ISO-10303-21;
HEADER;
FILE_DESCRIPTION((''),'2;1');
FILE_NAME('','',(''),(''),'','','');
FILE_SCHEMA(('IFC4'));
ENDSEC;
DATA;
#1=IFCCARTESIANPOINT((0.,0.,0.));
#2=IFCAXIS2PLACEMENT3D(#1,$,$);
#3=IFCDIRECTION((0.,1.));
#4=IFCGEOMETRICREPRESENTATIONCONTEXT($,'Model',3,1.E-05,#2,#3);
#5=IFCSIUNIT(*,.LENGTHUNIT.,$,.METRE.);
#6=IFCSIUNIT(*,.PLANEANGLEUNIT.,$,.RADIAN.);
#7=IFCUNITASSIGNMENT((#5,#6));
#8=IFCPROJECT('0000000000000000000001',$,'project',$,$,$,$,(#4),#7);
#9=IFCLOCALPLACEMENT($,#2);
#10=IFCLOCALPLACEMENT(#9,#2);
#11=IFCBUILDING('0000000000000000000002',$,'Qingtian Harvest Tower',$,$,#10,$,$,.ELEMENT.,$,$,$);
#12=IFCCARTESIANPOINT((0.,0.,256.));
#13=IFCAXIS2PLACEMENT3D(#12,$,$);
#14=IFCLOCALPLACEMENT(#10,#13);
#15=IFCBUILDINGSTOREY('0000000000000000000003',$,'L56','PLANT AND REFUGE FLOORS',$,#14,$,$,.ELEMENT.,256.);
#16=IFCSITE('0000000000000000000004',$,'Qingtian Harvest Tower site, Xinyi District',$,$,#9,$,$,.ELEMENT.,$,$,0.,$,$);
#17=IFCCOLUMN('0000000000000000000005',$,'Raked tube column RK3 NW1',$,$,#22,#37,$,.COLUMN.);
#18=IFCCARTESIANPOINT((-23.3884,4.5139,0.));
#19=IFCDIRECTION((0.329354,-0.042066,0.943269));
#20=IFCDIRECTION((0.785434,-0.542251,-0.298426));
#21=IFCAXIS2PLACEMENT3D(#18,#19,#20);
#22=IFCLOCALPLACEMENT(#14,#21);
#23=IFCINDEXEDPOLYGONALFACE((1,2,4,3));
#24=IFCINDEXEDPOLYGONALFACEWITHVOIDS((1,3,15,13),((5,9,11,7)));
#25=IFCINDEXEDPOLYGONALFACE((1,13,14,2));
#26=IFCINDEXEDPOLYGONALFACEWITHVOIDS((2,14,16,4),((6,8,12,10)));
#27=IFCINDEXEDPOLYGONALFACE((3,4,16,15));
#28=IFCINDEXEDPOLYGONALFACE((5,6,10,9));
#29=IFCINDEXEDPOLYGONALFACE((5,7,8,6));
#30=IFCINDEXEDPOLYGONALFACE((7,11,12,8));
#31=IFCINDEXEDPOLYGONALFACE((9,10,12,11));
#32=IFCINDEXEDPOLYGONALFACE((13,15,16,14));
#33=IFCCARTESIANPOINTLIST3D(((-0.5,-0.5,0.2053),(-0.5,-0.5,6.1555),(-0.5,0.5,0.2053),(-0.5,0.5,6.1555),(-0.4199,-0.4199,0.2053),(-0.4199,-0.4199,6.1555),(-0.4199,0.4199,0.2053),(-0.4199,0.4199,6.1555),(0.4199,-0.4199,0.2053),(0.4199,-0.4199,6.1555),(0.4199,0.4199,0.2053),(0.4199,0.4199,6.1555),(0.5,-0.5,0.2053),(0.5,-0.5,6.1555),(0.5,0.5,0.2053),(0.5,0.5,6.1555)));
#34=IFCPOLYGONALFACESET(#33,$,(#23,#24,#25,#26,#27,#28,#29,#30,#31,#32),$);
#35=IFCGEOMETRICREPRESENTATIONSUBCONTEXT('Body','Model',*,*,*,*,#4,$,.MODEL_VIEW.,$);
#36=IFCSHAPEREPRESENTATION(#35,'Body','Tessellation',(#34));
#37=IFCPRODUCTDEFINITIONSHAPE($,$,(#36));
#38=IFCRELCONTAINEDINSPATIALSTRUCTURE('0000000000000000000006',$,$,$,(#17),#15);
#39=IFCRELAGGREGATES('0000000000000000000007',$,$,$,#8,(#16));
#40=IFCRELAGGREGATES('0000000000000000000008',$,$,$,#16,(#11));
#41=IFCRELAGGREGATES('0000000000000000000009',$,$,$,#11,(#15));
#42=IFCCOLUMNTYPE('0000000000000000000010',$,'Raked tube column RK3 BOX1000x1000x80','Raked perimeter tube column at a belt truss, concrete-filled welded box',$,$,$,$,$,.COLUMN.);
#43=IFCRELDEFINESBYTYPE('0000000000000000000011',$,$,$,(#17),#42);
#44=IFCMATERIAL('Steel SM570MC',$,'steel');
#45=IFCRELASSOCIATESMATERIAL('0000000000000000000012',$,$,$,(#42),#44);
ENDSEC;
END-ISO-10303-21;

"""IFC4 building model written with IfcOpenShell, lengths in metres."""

from ifc_helpers import new_model, si_unit, direction, frame, origin, origin_2d, place, context, subcontext, project, spatial, hollow_rectangle, extrude, clip, halfspace, material, material_profile, profile_set, type_object, element, save


model = new_model("IFC4")

# Units and contexts
model_context = context("Model", 3, precision=1e-05, world=origin(), true_north=direction((0.0, 1.0)))
body_context = subcontext(model_context, "Body", "Model", "MODEL_VIEW")
ifc_project = project(units=[si_unit("LENGTHUNIT", "METRE"), si_unit("PLANEANGLEUNIT", "RADIAN")], contexts=[model_context])

# Site, building, storey
site_placement = place(None, origin())
site = spatial("IfcSite", under=ifc_project, at=site_placement, Name="Qingtian Harvest Tower site, Xinyi District", CompositionType="ELEMENT", RefElevation=0.0)
building_placement = place(site_placement, origin())
building = spatial("IfcBuilding", under=site, at=building_placement, Name="Qingtian Harvest Tower", CompositionType="ELEMENT")
storey_placement = place(building_placement, frame((0.0, 0.0, 256.0)))
storey = spatial("IfcBuildingStorey", under=building, at=storey_placement, Name="L56", Description="PLANT AND REFUGE FLOORS", CompositionType="ELEMENT", Elevation=256.0)

# Column
ifc_material_1 = material(Name="Steel SM570MC", Category="steel")
ifc_material_profile_1 = material_profile(ifc_material_1, hollow_rectangle(XDim=1.0, YDim=1.0, WallThickness=0.0801, at=origin_2d()), Name="BOX1000x1000x80")
ifc_profile_set_1 = profile_set([ifc_material_profile_1], Name="Steel SM570MC")
column_type = type_object("IfcColumnType", Name="Raked tube column RK3 BOX1000x1000x80", Description="Raked perimeter tube column at a belt truss, concrete-filled welded box", PredefinedType="COLUMN", material=ifc_profile_set_1)
column_1_placement = place(storey_placement, frame((-23.3884, 4.5139, 0.0), z_axis=(0.329354, -0.042066, 0.943269), x_axis=(0.785434, -0.542251, -0.298426)))
element("IfcColumn", 1, at=column_1_placement, inside=storey, type_object=column_type, Name="Raked tube column RK3 NW1", PredefinedType="COLUMN", context=body_context, shape_type="Clipping", body=[
    clip(clip(extrude(hollow_rectangle(XDim=1.0, YDim=1.0, WallThickness=0.0801, at=origin_2d()), origin(), (0.0, 0.0, 1.0), 6.3608), halfspace(frame((0.0, 0.0, 0.2053), z_axis=(0.0, 0.0, -1.0), x_axis=(0.0, -1.0, 0.0)), False)), halfspace(frame((0.0, 0.0, 6.1555), z_axis=(0.0, 0.0, 1.0), x_axis=(0.0, 1.0, 0.0)), False)),
])

save(model, "model.ifc")
